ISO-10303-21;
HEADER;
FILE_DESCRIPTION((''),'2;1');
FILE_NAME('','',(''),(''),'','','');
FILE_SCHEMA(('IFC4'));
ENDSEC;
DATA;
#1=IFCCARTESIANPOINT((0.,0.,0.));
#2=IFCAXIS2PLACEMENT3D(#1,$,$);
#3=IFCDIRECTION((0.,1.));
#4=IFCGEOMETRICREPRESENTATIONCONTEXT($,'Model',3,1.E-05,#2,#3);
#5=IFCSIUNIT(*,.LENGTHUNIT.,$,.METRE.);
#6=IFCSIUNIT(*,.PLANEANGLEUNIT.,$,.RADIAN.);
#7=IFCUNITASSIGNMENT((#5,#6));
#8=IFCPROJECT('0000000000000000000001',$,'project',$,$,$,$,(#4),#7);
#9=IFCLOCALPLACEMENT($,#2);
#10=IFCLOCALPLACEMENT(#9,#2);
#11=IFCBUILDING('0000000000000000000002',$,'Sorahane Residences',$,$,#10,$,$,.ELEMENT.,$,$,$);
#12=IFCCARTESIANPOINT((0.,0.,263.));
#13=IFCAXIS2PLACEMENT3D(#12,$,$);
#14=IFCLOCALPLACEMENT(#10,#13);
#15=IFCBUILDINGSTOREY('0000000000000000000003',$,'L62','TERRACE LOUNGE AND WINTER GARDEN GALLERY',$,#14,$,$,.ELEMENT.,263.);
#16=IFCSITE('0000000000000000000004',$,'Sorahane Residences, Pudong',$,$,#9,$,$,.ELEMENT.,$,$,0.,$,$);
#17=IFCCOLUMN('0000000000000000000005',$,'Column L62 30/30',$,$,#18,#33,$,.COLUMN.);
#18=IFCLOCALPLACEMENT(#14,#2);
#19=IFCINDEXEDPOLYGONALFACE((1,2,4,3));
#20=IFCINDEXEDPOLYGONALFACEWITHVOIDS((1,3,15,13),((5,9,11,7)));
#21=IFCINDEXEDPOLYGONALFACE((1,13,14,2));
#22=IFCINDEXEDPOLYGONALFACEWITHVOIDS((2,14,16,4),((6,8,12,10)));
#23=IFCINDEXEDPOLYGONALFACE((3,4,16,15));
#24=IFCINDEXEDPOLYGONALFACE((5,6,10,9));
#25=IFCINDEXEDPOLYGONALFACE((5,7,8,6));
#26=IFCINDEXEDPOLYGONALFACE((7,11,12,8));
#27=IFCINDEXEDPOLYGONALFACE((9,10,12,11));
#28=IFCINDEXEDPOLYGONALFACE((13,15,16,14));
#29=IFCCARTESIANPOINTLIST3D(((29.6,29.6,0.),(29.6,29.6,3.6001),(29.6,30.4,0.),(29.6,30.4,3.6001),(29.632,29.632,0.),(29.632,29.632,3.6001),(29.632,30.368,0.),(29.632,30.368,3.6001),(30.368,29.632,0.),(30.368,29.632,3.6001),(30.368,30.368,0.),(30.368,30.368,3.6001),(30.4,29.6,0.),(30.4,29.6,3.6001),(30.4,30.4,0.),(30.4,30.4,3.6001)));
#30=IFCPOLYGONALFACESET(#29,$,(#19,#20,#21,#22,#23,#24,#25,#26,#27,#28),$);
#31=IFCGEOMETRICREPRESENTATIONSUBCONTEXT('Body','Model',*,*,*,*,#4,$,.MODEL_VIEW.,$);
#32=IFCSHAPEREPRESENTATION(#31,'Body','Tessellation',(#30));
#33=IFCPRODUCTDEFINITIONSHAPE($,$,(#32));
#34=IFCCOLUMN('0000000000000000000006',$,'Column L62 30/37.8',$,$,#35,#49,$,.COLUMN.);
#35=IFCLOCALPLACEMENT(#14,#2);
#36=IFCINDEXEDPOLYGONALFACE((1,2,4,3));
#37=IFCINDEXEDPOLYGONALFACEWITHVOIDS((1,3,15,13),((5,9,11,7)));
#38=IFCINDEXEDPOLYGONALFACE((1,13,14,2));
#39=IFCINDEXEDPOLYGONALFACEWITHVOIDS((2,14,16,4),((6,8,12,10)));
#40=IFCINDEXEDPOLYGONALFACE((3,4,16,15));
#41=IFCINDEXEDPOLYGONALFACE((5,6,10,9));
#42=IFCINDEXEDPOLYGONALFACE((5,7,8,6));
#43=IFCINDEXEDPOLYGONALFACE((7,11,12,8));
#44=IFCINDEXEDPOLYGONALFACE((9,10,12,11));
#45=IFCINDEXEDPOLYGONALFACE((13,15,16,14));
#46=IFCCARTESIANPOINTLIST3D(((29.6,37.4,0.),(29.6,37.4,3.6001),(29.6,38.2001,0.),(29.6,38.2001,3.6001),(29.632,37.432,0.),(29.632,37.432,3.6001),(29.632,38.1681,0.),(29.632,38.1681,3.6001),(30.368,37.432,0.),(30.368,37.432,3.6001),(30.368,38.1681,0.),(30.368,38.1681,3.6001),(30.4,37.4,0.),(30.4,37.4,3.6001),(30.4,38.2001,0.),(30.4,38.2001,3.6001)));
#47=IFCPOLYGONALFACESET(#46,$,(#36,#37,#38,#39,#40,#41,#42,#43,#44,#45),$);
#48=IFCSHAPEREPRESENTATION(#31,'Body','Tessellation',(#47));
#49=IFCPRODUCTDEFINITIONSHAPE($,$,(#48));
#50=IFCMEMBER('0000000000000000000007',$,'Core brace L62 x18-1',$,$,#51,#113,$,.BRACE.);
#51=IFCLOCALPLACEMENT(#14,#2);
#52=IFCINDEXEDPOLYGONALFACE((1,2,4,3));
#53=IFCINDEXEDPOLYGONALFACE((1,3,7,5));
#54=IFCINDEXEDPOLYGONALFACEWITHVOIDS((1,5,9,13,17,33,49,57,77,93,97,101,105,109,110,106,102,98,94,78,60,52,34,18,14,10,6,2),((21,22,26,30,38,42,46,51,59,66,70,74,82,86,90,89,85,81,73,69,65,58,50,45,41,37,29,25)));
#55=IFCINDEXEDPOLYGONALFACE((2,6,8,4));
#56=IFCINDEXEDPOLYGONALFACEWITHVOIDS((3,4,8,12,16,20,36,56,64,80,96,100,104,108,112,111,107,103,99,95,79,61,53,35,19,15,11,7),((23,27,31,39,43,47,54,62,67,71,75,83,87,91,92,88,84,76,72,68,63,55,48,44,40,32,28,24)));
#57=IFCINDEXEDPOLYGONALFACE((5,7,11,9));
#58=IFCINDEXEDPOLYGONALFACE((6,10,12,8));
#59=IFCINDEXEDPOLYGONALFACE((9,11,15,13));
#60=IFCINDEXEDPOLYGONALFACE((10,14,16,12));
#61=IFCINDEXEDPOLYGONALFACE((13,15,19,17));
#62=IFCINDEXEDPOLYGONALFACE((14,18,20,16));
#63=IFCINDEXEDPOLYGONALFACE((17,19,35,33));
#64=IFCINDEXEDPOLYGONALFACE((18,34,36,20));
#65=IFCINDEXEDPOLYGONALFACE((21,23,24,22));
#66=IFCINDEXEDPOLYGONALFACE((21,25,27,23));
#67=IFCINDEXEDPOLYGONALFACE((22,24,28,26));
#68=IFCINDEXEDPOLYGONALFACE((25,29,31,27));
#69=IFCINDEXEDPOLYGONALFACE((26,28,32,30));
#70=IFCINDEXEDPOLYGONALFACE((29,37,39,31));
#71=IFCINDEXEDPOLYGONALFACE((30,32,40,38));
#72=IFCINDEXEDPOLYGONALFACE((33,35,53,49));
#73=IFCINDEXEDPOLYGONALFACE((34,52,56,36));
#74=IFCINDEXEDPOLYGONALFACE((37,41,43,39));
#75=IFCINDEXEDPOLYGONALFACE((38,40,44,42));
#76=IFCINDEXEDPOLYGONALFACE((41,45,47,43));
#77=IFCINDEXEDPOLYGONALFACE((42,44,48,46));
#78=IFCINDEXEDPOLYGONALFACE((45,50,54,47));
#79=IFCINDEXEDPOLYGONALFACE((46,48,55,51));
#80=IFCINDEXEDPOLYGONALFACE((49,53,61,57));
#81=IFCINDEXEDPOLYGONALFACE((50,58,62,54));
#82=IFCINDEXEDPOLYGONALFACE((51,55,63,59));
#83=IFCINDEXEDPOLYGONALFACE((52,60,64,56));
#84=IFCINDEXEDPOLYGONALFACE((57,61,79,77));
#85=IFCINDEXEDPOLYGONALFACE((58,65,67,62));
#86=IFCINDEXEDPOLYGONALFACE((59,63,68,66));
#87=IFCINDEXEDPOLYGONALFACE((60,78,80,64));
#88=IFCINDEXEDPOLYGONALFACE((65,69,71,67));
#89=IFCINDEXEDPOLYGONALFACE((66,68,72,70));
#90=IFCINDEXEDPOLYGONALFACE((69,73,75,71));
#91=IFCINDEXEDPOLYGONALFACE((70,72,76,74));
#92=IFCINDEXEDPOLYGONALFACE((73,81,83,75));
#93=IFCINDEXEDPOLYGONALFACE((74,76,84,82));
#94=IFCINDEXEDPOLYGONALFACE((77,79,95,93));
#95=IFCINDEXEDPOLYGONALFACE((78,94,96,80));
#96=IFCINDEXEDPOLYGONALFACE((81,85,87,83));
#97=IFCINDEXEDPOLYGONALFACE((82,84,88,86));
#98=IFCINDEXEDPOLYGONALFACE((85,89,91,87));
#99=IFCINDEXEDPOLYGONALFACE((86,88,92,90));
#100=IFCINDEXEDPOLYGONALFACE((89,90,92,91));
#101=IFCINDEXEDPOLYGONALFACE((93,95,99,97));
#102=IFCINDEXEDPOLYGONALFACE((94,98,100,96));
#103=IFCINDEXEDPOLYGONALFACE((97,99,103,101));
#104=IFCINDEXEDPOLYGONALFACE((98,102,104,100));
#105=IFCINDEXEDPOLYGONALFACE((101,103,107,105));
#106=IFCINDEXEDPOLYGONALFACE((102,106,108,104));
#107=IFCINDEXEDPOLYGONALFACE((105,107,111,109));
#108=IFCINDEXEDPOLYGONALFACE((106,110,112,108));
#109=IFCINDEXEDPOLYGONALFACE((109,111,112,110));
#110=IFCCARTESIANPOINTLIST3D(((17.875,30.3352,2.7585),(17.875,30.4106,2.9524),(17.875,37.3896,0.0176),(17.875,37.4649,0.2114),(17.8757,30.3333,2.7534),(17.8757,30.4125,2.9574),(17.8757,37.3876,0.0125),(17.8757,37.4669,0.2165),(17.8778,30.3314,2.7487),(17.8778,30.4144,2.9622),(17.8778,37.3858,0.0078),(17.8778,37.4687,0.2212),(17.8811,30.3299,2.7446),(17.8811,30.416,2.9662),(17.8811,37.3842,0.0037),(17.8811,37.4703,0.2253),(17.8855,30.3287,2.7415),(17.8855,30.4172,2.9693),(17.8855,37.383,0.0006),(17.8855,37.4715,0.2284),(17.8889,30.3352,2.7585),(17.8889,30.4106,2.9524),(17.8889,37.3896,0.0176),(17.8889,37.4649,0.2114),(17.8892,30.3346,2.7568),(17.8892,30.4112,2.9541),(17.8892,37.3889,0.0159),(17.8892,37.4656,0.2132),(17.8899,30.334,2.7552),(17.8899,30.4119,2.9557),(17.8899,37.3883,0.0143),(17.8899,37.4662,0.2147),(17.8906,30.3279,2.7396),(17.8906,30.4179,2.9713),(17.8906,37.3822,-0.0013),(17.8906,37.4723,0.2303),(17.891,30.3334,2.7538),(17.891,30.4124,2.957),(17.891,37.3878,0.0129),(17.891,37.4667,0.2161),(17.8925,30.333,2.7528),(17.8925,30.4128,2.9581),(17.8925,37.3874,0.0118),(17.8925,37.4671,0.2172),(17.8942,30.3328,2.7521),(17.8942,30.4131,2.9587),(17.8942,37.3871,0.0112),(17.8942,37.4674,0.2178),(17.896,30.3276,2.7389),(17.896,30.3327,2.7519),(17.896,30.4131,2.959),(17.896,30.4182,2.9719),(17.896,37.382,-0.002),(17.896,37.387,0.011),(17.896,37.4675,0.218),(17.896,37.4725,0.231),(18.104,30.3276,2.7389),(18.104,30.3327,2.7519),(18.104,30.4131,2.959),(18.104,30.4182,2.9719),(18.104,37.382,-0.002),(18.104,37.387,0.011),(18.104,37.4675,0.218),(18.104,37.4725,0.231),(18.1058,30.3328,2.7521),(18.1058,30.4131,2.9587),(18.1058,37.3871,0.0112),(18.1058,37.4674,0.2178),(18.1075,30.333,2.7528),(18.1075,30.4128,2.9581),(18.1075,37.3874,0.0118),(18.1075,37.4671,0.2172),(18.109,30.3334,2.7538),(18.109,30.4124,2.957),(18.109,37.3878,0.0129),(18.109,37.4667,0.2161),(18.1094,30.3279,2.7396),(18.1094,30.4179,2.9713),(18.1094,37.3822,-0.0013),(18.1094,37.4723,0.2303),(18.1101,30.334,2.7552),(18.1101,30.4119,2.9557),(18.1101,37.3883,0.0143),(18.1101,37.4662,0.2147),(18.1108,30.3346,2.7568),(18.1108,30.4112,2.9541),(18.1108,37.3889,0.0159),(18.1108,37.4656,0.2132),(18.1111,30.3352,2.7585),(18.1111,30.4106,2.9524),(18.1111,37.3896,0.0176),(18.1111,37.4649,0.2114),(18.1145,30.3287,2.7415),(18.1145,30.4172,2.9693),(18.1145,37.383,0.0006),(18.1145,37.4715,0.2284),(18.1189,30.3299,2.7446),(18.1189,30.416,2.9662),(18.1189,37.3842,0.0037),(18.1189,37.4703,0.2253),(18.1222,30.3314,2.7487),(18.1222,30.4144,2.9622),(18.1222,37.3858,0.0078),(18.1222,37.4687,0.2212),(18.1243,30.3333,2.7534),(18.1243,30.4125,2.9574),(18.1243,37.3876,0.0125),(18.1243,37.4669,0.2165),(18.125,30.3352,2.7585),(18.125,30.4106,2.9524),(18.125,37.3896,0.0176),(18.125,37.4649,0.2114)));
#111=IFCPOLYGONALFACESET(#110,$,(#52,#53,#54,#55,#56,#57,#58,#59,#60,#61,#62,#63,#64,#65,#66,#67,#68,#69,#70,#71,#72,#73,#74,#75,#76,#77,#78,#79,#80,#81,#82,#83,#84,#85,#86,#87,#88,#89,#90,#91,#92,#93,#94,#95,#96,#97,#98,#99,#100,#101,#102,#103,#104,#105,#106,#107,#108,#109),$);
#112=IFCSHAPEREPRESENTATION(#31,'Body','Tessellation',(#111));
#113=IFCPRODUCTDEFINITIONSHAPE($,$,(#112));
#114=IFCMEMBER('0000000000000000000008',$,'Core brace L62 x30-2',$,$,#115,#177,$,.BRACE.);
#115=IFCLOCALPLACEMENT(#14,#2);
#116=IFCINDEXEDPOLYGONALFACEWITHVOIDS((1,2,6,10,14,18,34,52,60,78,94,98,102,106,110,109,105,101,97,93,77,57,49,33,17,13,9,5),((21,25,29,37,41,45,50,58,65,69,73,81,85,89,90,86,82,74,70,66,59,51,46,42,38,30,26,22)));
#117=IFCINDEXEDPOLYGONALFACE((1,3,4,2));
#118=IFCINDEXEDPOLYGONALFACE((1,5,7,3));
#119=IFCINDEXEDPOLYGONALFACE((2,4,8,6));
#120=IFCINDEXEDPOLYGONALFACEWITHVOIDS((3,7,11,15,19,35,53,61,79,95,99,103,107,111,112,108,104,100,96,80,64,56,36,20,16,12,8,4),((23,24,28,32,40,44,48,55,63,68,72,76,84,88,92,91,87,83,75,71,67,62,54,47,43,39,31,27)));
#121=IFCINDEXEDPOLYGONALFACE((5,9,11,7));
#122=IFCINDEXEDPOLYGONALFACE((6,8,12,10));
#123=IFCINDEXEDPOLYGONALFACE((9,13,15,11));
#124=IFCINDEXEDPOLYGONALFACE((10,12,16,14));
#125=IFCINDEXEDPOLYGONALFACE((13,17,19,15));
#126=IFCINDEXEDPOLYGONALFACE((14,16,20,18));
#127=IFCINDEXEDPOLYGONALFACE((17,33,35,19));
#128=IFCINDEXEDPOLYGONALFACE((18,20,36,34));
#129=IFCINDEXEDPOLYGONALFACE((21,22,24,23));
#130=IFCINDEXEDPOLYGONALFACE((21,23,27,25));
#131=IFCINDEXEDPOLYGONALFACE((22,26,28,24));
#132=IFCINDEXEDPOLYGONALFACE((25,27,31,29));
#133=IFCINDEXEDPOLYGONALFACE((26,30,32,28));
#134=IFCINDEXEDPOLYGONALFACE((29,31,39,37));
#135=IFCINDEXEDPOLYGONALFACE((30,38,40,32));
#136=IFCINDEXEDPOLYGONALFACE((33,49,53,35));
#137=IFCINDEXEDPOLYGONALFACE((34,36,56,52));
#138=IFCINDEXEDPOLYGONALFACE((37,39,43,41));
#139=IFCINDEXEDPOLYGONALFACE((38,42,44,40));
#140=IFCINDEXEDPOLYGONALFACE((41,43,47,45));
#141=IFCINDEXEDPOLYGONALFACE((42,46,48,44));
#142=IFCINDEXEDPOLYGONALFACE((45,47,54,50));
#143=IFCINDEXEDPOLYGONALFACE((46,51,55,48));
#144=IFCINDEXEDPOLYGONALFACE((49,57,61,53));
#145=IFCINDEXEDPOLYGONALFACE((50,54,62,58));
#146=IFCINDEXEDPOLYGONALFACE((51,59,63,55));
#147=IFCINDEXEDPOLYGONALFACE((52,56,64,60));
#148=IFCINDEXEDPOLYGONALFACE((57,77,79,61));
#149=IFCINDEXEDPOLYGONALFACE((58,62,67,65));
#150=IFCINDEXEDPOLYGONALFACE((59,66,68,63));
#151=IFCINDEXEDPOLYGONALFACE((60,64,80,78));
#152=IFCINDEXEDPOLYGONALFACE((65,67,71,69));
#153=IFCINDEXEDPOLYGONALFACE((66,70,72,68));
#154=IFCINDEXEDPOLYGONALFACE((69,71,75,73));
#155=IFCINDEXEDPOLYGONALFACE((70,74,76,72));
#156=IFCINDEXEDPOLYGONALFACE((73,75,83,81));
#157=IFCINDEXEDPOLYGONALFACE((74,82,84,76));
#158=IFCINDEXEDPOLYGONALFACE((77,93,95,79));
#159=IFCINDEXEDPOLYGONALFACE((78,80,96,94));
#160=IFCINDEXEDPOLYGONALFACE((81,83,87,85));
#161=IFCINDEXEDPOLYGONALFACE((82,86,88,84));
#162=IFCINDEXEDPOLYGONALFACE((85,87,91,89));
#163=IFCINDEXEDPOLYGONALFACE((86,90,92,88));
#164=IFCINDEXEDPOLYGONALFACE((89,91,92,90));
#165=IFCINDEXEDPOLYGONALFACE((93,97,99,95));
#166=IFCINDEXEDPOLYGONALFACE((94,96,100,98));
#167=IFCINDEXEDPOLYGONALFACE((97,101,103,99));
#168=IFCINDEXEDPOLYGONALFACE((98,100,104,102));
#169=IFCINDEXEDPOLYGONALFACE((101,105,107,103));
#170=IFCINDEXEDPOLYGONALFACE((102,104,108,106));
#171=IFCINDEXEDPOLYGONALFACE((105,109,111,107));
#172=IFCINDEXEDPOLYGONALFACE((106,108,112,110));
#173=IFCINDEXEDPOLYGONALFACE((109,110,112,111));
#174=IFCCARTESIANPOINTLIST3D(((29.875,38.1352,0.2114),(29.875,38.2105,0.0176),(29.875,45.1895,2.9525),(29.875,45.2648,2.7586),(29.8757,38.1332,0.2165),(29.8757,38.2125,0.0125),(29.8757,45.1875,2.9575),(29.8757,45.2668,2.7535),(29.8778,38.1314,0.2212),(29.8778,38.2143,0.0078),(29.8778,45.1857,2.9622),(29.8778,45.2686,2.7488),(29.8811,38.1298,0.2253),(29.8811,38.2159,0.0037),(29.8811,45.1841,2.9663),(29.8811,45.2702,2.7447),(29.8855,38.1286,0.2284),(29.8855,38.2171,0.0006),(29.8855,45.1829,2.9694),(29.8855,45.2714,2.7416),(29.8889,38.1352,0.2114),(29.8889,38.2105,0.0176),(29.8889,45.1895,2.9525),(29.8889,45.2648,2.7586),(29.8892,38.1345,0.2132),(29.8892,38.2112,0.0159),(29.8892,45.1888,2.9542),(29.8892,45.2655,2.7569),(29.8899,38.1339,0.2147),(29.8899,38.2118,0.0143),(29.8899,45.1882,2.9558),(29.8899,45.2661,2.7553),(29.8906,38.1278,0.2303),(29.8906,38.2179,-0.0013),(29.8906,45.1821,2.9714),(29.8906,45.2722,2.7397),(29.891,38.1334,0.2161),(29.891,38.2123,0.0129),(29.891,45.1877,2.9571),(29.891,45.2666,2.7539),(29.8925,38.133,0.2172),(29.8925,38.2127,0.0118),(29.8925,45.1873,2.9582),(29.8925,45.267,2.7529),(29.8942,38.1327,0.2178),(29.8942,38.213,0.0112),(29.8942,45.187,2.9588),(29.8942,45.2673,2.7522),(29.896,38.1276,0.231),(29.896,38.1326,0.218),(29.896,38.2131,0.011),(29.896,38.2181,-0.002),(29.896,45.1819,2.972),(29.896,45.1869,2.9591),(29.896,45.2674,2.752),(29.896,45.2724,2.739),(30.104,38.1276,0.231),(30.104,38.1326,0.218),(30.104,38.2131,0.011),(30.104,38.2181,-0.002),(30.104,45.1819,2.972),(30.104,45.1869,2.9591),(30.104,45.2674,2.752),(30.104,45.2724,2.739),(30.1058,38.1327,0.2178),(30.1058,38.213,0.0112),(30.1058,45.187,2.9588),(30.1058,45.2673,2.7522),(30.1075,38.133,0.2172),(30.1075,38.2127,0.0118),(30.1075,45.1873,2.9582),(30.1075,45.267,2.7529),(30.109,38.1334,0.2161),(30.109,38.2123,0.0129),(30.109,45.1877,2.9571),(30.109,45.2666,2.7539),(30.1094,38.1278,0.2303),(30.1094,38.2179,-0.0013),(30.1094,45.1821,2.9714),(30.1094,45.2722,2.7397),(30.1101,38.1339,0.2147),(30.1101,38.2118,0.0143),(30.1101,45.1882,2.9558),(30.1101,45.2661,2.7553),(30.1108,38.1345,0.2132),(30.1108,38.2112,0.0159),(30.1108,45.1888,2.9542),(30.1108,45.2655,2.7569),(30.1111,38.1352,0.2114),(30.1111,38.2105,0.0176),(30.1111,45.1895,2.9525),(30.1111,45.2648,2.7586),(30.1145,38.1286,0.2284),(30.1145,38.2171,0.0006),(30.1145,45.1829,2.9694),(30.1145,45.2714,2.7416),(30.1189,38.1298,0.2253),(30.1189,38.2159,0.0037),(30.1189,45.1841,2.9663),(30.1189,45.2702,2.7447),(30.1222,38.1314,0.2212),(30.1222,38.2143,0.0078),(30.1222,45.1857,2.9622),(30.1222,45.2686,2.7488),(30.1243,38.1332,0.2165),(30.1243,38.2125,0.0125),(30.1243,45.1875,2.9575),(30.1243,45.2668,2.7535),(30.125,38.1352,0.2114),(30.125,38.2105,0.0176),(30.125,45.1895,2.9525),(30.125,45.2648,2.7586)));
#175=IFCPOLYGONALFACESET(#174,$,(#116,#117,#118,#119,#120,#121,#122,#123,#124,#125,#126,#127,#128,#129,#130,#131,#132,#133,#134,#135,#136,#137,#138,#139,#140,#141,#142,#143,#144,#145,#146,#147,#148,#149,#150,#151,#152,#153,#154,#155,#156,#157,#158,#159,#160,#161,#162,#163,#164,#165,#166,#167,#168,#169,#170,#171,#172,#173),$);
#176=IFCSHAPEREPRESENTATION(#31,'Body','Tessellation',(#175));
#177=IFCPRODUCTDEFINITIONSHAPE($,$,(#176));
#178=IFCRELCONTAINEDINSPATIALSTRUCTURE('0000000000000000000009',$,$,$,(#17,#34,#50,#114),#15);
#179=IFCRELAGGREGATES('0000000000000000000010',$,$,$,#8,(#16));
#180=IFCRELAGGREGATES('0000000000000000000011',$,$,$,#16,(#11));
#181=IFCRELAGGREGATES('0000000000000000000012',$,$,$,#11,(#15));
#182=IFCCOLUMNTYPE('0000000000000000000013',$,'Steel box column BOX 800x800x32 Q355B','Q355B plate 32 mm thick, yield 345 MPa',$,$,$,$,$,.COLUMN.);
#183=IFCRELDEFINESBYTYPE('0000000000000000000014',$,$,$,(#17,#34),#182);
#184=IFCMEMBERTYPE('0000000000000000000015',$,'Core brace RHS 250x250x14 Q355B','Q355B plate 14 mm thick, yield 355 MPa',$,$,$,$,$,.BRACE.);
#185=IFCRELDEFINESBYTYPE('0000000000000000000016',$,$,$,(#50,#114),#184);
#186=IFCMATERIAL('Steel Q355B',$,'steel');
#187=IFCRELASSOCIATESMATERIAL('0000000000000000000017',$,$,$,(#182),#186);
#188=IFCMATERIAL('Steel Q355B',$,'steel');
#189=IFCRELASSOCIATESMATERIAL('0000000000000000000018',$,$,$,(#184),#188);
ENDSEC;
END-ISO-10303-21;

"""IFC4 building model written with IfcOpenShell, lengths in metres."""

from ifc_helpers import new_model, si_unit, direction, frame, origin, origin_2d, place, context, subcontext, project, spatial, hollow_rectangle, extrude, material, material_profile, profile_set, type_object, element, save


model = new_model("IFC4")

# Units and contexts
model_context = context("Model", 3, precision=1e-05, world=origin(), true_north=direction((0.0, 1.0)))
body_context = subcontext(model_context, "Body", "Model", "MODEL_VIEW")
ifc_project = project(units=[si_unit("LENGTHUNIT", "METRE"), si_unit("PLANEANGLEUNIT", "RADIAN")], contexts=[model_context])

# Site, building, storey
site_placement = place(None, origin())
site = spatial("IfcSite", under=ifc_project, at=site_placement, Name="Sorahane Residences, Pudong", CompositionType="ELEMENT", RefElevation=0.0)
building_placement = place(site_placement, origin())
building = spatial("IfcBuilding", under=site, at=building_placement, Name="Sorahane Residences", CompositionType="ELEMENT")
storey_placement = place(building_placement, frame((0.0, 0.0, 263.0)))
storey = spatial("IfcBuildingStorey", under=building, at=storey_placement, Name="L62", Description="TERRACE LOUNGE AND WINTER GARDEN GALLERY", CompositionType="ELEMENT", Elevation=263.0)

# Columns
ifc_material_1 = material(Name="Steel Q355B", Category="steel")
ifc_material_profile_1 = material_profile(ifc_material_1, hollow_rectangle(XDim=0.8, YDim=0.8, WallThickness=0.032, at=origin_2d()), Name="BOX 800x800x32")
ifc_profile_set_1 = profile_set([ifc_material_profile_1], Name="Steel Q355B")
column_type = type_object("IfcColumnType", Name="Steel box column BOX 800x800x32 Q355B", Description="Q355B plate 32 mm thick, yield 345 MPa", PredefinedType="COLUMN", material=ifc_profile_set_1)
for number, where, z_axis, x_axis, name in (
    (1, (30.0, 30.0, 0.0), (0.0, 0.0, 1.0), (1.0, 0.0, 0.0), "Column L62 30/30"),
    (2, (30.0, 37.8, 0.0), (0.0, 0.0, 1.0), (1.0, 0.0, 0.0), "Column L62 30/37.8"),
):
    element("IfcColumn", number, at=place(storey_placement, frame(where, z_axis=z_axis, x_axis=x_axis)), inside=storey, type_object=column_type, Name=name, PredefinedType="COLUMN", context=body_context, shape_type="SweptSolid", body=[
        extrude(hollow_rectangle(XDim=0.8, YDim=0.8, WallThickness=0.032, at=origin_2d()), origin(), (0.0, 0.0, 1.0), 3.6001),
    ])

# Members
ifc_material_2 = material(Name="Steel Q355B", Category="steel")
ifc_material_profile_2 = material_profile(ifc_material_2, hollow_rectangle(XDim=0.25, YDim=0.25, WallThickness=0.0139, InnerFilletRadius=0.0071, OuterFilletRadius=0.021, at=origin_2d()), Name="RHS 250x250x14")
ifc_profile_set_2 = profile_set([ifc_material_profile_2], Name="Steel Q355B")
member_type = type_object("IfcMemberType", Name="Core brace RHS 250x250x14 Q355B", Description="Q355B plate 14 mm thick, yield 355 MPa", PredefinedType="BRACE", material=ifc_profile_set_2)
for number, where, z_axis, x_axis, name in (
    (3, (18.0, 37.4272, 0.1145), (0.0, -0.932113, 0.362168), (1.0, 0.0, 0.0), "Core brace L62 x18-1"),
    (4, (30.0, 38.1729, 0.1145), (0.0, 0.932109, 0.362178), (-1.0, 0.0, 0.0), "Core brace L62 x30-2"),
):
    element("IfcMember", number, at=place(storey_placement, frame(where, z_axis=z_axis, x_axis=x_axis)), inside=storey, type_object=member_type, Name=name, PredefinedType="BRACE", context=body_context, shape_type="SweptSolid", body=[
        extrude(hollow_rectangle(XDim=0.25, YDim=0.25, WallThickness=0.0139, InnerFilletRadius=0.0071, OuterFilletRadius=0.021, at=origin_2d()), origin(), (0.0, 0.0, 1.0), 7.5681),
    ])

save(model, "model.ifc")
